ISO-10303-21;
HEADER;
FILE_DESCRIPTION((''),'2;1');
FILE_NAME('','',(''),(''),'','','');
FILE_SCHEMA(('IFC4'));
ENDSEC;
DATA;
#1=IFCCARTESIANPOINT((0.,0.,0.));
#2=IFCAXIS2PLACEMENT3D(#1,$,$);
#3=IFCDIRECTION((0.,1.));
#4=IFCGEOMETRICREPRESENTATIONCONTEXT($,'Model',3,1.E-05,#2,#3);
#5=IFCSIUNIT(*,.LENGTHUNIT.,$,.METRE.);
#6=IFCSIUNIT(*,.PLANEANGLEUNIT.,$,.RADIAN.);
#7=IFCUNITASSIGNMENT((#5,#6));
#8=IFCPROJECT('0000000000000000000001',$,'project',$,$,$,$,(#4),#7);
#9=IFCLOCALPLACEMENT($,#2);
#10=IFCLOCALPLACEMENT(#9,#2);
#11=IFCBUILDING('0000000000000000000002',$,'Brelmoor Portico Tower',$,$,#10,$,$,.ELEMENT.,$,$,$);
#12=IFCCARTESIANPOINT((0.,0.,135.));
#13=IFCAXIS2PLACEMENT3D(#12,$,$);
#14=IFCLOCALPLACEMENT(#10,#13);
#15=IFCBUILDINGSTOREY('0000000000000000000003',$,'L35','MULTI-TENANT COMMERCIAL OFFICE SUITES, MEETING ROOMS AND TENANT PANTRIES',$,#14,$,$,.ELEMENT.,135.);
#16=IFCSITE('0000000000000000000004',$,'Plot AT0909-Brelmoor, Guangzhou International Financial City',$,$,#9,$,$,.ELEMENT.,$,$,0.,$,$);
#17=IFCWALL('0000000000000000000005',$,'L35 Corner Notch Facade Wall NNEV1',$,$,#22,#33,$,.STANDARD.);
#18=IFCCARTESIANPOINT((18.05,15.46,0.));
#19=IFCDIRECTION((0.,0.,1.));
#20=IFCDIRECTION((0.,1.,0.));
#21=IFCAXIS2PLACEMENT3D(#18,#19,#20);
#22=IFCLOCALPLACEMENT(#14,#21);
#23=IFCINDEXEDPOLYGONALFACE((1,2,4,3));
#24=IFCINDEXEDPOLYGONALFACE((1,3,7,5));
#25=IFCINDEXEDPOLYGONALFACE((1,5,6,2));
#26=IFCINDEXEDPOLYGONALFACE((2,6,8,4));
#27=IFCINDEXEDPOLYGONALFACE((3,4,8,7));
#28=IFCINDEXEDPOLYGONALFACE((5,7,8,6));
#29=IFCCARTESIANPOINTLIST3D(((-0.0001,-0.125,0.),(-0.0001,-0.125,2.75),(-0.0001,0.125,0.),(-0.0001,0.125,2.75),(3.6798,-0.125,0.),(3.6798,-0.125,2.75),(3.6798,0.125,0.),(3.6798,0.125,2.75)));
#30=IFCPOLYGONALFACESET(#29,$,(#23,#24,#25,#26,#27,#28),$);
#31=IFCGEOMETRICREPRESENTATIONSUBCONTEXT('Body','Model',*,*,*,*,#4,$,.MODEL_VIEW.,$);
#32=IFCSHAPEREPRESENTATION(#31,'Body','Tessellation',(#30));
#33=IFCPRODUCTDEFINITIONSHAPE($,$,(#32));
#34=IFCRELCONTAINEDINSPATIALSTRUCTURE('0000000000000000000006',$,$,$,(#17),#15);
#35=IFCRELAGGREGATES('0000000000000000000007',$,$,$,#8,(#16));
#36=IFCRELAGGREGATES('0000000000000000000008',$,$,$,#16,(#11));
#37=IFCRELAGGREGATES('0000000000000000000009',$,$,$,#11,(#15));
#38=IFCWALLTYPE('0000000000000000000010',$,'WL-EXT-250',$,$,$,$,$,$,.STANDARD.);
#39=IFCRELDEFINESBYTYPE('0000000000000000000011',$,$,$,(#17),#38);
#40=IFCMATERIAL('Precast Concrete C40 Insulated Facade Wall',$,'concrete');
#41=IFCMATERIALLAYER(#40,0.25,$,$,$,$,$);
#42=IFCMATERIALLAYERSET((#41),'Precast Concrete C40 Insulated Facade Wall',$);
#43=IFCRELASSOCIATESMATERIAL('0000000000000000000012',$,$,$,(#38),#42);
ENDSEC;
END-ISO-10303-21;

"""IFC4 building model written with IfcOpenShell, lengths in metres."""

from ifc_helpers import new_model, si_unit, direction, frame, frame_2d, origin, place, context, subcontext, project, spatial, rectangle, extrude, material, layer, layer_set, type_object, element, save


model = new_model("IFC4")

# Units and contexts
model_context = context("Model", 3, precision=1e-05, world=origin(), true_north=direction((0.0, 1.0)))
body_context = subcontext(model_context, "Body", "Model", "MODEL_VIEW")
ifc_project = project(units=[si_unit("LENGTHUNIT", "METRE"), si_unit("PLANEANGLEUNIT", "RADIAN")], contexts=[model_context])

# Site, building, storey
site_placement = place(None, origin())
site = spatial("IfcSite", under=ifc_project, at=site_placement, Name="Plot AT0909-Brelmoor, Guangzhou International Financial City", CompositionType="ELEMENT", RefElevation=0.0)
building_placement = place(site_placement, origin())
building = spatial("IfcBuilding", under=site, at=building_placement, Name="Brelmoor Portico Tower", CompositionType="ELEMENT")
storey_placement = place(building_placement, frame((0.0, 0.0, 135.0)))
storey = spatial("IfcBuildingStorey", under=building, at=storey_placement, Name="L35", Description="MULTI-TENANT COMMERCIAL OFFICE SUITES, MEETING ROOMS AND TENANT PANTRIES", CompositionType="ELEMENT", Elevation=135.0)

# Wall
ifc_material_1 = material(Name="Precast Concrete C40 Insulated Facade Wall", Category="concrete")
ifc_layer_1 = layer(ifc_material_1, 0.25)
ifc_layer_set_1 = layer_set([ifc_layer_1], Name="Precast Concrete C40 Insulated Facade Wall")
wall_type_1 = type_object("IfcWallType", Name="WL-EXT-250", PredefinedType="STANDARD", material=ifc_layer_set_1)
for number, where, z_axis, x_axis, name in (
    (1, (18.05, 15.46, 0.0), (0.0, 0.0, 1.0), (0.0, 1.0, 0.0), "L35 Corner Notch Facade Wall NNEV1"),
):
    element("IfcWall", number, at=place(storey_placement, frame(where, z_axis=z_axis, x_axis=x_axis)), inside=storey, type_object=wall_type_1, Name=name, PredefinedType="STANDARD", context=body_context, shape_type="SweptSolid", body=[
        extrude(rectangle(XDim=3.6799, YDim=0.25, at=frame_2d((1.8398, 0.0))), origin(), (0.0, 0.0, 1.0), 2.75),
    ])

save(model, "model.ifc")
